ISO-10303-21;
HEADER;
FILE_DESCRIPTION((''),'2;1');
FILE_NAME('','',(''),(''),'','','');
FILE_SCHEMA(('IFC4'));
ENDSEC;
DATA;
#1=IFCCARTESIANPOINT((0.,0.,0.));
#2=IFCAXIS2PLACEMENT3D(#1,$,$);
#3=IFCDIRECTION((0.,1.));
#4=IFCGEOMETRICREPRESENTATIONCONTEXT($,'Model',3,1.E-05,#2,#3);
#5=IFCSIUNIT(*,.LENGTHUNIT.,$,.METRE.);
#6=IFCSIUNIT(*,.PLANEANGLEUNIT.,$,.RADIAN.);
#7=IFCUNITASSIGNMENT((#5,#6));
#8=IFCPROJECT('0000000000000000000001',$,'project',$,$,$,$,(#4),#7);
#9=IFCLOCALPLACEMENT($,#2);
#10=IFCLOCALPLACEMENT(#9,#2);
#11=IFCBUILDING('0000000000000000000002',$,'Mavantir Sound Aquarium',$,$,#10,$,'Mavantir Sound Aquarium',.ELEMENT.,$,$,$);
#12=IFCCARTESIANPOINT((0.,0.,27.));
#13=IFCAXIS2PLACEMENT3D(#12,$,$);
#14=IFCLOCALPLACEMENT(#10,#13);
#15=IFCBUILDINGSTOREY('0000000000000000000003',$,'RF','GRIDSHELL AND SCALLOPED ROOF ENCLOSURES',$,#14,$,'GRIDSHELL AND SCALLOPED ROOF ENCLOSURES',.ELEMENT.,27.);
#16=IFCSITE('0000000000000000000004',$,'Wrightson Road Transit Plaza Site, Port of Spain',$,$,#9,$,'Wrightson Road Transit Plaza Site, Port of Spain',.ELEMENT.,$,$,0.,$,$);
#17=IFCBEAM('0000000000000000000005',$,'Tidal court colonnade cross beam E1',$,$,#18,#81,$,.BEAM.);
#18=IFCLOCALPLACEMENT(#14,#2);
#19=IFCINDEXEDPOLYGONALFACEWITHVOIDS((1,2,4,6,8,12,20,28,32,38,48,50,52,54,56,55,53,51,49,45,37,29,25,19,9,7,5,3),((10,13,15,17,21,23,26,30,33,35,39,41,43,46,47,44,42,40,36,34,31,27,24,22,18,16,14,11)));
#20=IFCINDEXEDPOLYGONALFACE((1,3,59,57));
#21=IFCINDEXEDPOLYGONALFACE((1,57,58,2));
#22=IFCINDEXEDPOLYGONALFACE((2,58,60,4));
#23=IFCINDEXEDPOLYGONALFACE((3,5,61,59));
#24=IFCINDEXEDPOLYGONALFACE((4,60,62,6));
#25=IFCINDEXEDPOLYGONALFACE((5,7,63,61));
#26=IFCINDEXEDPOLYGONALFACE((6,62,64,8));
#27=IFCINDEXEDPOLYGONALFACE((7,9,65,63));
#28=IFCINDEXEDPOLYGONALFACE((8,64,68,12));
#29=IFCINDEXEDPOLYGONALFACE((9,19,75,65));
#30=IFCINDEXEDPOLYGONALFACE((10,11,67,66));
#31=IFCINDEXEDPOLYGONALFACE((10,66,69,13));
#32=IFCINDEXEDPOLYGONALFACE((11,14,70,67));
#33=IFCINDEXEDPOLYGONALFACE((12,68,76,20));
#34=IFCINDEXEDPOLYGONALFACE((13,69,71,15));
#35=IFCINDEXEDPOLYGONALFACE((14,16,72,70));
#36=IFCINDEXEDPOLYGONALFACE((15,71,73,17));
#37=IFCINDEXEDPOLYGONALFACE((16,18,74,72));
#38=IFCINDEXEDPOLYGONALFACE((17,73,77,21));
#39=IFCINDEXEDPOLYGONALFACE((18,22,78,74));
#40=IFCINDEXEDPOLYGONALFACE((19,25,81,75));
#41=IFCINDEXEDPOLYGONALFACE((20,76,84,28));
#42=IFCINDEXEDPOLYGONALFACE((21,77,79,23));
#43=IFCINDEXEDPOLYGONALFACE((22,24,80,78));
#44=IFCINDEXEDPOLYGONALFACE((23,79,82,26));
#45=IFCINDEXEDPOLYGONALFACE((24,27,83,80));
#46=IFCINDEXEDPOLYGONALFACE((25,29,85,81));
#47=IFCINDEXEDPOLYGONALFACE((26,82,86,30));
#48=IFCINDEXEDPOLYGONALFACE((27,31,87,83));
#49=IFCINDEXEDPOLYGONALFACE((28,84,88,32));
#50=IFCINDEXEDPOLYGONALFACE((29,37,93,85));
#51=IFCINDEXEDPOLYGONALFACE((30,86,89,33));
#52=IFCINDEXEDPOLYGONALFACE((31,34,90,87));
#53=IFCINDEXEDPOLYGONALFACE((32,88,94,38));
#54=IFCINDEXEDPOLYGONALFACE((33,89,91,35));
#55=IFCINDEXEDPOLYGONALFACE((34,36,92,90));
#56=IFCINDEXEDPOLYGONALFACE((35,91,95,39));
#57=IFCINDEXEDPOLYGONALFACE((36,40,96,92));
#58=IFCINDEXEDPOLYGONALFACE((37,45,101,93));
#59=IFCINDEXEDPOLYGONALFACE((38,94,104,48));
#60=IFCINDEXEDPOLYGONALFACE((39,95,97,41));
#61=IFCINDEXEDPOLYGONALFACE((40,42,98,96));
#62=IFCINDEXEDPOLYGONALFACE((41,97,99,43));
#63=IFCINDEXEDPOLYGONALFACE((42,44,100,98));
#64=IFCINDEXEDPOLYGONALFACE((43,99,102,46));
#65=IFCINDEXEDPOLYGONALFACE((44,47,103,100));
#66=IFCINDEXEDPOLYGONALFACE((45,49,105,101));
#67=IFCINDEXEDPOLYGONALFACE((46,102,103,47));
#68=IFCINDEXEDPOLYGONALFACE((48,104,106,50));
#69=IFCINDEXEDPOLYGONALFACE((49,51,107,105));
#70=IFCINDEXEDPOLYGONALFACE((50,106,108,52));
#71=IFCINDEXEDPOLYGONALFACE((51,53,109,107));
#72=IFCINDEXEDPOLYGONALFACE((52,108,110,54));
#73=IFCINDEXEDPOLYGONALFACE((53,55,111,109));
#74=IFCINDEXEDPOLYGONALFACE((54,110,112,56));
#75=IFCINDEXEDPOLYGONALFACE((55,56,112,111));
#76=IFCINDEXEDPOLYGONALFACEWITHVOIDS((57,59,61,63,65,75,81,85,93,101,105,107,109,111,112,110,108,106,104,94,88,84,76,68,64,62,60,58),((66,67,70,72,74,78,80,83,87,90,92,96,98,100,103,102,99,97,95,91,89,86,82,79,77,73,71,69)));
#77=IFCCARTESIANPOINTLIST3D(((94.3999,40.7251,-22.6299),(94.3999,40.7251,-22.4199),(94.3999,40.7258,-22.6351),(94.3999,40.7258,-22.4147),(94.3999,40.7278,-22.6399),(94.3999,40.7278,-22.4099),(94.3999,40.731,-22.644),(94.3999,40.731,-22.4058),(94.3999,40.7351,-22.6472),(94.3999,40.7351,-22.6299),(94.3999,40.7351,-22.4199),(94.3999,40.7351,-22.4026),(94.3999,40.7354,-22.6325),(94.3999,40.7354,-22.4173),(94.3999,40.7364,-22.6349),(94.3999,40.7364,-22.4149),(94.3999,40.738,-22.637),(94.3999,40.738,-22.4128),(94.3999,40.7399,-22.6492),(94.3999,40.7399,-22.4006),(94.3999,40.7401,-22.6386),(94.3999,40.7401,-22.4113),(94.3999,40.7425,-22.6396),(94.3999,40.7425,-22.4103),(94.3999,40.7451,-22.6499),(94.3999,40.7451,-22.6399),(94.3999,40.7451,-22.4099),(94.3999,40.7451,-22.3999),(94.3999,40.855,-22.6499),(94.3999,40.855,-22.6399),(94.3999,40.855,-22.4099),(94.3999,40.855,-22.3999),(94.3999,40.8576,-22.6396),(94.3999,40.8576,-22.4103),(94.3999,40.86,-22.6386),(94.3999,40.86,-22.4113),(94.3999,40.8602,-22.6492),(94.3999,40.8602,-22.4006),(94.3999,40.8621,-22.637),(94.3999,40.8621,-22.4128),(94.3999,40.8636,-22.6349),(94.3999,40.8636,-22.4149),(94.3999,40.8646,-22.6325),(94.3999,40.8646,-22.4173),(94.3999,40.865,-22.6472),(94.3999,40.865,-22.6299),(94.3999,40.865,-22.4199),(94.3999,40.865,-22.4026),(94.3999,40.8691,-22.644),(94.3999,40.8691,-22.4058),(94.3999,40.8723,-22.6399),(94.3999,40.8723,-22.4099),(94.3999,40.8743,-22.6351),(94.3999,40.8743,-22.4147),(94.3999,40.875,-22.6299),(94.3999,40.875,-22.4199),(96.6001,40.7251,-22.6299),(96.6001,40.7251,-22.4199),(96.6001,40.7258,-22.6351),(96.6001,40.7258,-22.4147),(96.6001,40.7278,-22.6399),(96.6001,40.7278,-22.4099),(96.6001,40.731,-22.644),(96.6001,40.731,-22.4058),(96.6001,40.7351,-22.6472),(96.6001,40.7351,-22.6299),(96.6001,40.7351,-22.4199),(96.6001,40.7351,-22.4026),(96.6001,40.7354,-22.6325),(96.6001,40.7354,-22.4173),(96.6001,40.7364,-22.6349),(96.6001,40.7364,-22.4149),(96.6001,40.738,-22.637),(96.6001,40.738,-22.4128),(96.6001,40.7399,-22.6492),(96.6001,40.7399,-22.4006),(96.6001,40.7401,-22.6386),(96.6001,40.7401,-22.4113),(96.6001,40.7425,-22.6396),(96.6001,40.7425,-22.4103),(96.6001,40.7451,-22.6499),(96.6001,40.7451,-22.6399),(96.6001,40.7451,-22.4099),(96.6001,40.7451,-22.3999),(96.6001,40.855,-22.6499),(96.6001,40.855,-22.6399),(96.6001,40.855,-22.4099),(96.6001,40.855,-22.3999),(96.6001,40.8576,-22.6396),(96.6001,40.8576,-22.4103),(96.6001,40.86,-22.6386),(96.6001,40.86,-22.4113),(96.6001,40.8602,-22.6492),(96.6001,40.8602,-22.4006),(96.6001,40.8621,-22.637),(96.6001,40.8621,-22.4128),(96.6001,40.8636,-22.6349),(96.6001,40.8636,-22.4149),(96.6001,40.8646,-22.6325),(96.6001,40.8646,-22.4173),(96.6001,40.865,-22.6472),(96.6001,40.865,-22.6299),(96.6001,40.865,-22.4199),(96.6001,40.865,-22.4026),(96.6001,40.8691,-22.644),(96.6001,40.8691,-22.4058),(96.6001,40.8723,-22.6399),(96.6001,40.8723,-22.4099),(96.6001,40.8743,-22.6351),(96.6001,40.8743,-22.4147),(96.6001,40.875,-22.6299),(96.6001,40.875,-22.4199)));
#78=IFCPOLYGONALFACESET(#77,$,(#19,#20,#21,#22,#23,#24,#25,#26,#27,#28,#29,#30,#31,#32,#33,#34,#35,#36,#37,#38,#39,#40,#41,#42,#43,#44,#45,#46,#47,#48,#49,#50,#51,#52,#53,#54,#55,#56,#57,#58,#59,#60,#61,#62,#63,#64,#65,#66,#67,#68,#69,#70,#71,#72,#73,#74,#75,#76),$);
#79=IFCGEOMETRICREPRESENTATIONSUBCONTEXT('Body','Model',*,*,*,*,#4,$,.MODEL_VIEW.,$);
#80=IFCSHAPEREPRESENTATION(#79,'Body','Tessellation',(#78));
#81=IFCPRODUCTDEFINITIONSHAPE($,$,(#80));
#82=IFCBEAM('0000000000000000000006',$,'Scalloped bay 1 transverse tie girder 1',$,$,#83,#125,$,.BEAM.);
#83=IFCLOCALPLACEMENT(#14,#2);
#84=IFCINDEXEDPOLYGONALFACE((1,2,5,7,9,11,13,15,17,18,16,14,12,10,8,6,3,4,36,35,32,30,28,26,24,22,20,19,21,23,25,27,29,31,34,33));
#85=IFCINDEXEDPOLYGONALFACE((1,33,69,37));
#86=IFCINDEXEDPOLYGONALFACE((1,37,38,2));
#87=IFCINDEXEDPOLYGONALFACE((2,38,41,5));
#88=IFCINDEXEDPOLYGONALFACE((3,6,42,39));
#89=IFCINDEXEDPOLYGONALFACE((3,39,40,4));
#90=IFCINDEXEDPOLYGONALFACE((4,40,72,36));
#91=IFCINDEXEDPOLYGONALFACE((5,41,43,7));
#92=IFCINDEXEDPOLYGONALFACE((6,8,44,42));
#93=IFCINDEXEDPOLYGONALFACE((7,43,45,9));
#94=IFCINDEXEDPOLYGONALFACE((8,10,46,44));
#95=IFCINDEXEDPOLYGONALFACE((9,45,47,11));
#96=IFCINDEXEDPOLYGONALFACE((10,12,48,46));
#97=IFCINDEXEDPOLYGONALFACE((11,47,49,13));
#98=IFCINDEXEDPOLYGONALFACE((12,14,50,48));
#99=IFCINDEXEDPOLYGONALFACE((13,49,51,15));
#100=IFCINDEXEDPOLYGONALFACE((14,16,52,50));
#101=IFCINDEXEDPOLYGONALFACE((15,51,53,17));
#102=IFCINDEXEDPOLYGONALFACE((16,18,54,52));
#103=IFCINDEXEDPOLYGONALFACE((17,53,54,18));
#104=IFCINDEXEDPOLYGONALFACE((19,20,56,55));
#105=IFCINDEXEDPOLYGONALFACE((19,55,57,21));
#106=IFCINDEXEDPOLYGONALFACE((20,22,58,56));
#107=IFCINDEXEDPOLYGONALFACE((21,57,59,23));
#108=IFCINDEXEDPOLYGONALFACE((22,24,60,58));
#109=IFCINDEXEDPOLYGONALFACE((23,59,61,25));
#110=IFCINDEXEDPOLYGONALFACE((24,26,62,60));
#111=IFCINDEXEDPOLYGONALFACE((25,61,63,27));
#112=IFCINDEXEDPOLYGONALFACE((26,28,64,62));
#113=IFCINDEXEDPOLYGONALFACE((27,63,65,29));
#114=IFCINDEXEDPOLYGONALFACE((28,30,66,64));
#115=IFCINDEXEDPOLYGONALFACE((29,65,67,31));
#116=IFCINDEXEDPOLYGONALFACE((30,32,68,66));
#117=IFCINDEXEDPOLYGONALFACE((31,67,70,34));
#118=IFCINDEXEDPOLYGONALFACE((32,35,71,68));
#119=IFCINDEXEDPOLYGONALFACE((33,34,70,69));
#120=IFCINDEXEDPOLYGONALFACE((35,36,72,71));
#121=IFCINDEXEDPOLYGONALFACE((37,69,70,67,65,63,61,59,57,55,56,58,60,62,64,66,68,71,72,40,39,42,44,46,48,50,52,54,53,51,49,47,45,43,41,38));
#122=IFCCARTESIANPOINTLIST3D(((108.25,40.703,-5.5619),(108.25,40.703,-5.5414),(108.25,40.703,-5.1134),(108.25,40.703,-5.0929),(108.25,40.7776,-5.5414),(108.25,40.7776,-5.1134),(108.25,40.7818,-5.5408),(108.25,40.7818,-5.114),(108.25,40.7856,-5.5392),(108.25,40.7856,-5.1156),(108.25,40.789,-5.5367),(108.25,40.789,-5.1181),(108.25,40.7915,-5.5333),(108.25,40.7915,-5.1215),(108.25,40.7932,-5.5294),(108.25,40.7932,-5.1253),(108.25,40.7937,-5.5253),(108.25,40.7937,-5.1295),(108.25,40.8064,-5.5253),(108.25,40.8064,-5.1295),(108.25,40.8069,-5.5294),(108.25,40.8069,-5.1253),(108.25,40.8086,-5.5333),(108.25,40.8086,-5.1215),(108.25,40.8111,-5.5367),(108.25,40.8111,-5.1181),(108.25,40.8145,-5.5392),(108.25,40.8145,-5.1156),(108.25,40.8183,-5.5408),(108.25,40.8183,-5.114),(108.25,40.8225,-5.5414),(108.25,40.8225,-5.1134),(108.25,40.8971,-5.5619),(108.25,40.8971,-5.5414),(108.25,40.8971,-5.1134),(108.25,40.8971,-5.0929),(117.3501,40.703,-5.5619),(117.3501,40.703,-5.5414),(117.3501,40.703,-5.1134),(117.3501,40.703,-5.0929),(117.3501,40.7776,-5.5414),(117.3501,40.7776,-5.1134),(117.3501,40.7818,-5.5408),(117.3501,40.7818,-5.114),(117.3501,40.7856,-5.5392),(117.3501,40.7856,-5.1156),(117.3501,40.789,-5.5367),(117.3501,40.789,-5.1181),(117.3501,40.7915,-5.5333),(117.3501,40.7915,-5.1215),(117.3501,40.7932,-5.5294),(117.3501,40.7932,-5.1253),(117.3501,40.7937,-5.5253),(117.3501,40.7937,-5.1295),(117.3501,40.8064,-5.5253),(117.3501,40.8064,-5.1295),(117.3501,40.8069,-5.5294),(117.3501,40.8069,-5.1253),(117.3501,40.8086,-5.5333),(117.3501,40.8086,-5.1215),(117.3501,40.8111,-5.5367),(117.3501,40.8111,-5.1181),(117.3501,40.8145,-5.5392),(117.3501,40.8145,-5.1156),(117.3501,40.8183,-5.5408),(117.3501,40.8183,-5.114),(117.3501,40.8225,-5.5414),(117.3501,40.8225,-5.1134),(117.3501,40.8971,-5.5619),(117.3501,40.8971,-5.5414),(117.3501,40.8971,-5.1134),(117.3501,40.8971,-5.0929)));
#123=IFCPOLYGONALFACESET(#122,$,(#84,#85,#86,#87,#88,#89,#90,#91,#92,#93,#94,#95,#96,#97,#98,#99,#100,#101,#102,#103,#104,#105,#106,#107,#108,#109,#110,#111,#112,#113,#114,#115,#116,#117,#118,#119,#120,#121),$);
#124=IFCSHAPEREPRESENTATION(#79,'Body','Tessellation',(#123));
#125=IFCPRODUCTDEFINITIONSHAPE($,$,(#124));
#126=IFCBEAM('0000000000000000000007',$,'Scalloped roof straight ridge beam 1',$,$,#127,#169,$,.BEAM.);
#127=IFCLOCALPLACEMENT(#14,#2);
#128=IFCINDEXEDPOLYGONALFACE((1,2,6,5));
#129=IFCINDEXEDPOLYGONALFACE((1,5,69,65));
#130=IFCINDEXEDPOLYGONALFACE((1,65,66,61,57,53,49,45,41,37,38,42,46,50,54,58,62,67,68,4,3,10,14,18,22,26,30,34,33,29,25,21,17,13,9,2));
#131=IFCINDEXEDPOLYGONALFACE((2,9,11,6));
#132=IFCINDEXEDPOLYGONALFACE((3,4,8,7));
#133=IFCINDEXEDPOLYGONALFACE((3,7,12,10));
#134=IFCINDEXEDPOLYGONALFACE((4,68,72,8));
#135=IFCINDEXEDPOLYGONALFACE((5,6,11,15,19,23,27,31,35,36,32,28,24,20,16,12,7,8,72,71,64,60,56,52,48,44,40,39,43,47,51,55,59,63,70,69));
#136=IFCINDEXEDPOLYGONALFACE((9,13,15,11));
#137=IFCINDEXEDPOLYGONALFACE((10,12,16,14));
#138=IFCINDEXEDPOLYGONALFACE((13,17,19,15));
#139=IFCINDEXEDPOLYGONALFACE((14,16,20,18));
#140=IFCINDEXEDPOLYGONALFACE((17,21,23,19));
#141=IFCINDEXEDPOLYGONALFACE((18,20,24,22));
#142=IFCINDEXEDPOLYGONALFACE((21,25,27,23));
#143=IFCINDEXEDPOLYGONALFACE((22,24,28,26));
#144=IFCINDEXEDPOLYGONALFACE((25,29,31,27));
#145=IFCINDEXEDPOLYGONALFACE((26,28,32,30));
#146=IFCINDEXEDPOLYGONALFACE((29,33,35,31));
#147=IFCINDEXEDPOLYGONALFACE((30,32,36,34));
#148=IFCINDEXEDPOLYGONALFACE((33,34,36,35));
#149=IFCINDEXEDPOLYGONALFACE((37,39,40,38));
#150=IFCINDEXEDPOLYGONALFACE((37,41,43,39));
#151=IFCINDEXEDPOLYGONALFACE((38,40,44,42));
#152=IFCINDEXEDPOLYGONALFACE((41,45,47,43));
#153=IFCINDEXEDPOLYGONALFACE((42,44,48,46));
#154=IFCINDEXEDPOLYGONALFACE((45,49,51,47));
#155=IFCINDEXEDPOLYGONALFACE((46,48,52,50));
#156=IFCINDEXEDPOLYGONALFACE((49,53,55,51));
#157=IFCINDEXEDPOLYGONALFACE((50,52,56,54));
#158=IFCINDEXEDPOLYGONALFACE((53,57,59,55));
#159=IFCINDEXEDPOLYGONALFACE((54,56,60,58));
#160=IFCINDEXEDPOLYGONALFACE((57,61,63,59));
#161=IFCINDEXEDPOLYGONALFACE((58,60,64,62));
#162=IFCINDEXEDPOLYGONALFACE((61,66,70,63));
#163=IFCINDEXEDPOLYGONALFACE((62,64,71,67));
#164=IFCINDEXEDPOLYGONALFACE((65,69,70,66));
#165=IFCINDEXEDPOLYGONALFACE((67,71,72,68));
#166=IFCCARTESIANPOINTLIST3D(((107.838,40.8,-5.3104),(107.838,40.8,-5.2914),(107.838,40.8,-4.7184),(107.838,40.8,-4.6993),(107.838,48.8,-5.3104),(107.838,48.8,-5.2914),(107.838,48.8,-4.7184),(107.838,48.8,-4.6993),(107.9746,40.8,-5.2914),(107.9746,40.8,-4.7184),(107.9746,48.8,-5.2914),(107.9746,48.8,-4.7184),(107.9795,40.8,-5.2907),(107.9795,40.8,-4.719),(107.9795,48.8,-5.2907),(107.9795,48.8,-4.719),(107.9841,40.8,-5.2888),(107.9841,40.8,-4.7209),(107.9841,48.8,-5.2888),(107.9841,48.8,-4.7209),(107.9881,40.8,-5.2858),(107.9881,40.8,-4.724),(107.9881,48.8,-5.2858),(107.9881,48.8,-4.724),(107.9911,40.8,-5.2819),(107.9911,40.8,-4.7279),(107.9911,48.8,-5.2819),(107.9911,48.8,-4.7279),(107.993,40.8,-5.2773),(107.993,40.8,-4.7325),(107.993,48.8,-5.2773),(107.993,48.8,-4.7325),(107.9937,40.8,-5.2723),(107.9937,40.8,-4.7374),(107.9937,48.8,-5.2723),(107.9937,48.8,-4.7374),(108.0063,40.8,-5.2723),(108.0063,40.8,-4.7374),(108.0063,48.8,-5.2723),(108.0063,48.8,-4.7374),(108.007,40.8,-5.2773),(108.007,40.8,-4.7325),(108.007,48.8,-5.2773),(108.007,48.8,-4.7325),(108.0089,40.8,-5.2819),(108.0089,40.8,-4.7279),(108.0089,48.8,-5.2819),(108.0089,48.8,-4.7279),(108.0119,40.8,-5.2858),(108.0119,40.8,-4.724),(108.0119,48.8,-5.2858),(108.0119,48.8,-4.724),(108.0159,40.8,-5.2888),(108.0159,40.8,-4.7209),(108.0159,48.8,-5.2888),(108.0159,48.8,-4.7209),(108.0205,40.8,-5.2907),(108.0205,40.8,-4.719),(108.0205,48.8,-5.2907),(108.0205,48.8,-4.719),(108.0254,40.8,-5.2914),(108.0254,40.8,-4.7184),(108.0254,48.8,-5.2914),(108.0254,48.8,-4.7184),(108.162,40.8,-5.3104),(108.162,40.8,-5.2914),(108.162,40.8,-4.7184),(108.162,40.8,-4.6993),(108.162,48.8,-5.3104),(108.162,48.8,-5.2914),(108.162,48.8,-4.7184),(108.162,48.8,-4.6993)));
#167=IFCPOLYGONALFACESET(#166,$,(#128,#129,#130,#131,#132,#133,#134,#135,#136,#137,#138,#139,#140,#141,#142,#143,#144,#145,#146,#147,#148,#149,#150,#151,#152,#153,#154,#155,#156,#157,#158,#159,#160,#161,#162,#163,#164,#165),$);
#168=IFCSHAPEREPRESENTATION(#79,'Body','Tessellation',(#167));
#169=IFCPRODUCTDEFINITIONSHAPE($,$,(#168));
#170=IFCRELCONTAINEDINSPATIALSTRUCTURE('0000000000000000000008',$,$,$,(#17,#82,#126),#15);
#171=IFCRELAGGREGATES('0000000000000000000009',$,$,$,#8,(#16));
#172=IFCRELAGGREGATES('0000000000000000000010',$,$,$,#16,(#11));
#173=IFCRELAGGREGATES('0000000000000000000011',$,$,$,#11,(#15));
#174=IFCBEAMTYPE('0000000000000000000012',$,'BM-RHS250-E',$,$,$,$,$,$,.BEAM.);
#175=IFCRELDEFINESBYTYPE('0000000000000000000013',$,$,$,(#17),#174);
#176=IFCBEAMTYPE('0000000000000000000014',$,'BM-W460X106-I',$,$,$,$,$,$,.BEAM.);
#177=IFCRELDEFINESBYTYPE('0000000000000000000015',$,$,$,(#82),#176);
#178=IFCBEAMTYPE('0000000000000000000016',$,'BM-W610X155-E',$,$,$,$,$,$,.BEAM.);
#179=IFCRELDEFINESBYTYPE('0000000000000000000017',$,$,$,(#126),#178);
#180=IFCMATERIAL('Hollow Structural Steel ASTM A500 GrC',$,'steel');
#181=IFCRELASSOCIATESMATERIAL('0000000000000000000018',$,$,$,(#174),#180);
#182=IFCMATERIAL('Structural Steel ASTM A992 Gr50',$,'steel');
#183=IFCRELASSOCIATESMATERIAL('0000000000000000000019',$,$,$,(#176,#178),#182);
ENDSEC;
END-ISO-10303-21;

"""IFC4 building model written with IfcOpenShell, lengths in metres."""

from ifc_helpers import new_model, si_unit, direction, frame, origin, origin_2d, place, context, subcontext, project, spatial, hollow_rectangle, i_section, extrude, material, material_profile, profile_set, type_object, element, save


model = new_model("IFC4")

# Units and contexts
model_context = context("Model", 3, precision=1e-05, world=origin(), true_north=direction((0.0, 1.0)))
body_context = subcontext(model_context, "Body", "Model", "MODEL_VIEW")
ifc_project = project(units=[si_unit("LENGTHUNIT", "METRE"), si_unit("PLANEANGLEUNIT", "RADIAN")], contexts=[model_context])

# Site, building, storey
site_placement = place(None, origin())
site = spatial("IfcSite", under=ifc_project, at=site_placement, Name="Wrightson Road Transit Plaza Site, Port of Spain", LongName="Wrightson Road Transit Plaza Site, Port of Spain", CompositionType="ELEMENT", RefElevation=0.0)
building_placement = place(site_placement, origin())
building = spatial("IfcBuilding", under=site, at=building_placement, Name="Mavantir Sound Aquarium", LongName="Mavantir Sound Aquarium", CompositionType="ELEMENT")
storey_placement = place(building_placement, frame((0.0, 0.0, 27.0)))
storey = spatial("IfcBuildingStorey", under=building, at=storey_placement, Name="RF", Description="GRIDSHELL AND SCALLOPED ROOF ENCLOSURES", LongName="GRIDSHELL AND SCALLOPED ROOF ENCLOSURES", CompositionType="ELEMENT", Elevation=27.0)

# Beams
ifc_material_1 = material(Name="Hollow Structural Steel ASTM A500 GrC", Category="steel")
ifc_material_profile_1 = material_profile(ifc_material_1, hollow_rectangle(XDim=0.1499, YDim=0.25, WallThickness=0.01, InnerFilletRadius=0.01, OuterFilletRadius=0.02, at=origin_2d()), Name="RHS 250X150X10")
ifc_profile_set_1 = profile_set([ifc_material_profile_1], Name="Hollow Structural Steel ASTM A500 GrC")
beam_type_1 = type_object("IfcBeamType", Name="BM-RHS250-E", PredefinedType="BEAM", material=ifc_profile_set_1)
beam_1_placement = place(storey_placement, frame((94.3999, 40.8, -22.5249), z_axis=(1.0, 0.0, 0.0), x_axis=(0.0, 1.0, 0.0)))
element("IfcBeam", 1, at=beam_1_placement, inside=storey, type_object=beam_type_1, Name="Tidal court colonnade cross beam E1", PredefinedType="BEAM", context=body_context, shape_type="SweptSolid", body=[
    extrude(hollow_rectangle(XDim=0.1499, YDim=0.25, WallThickness=0.01, InnerFilletRadius=0.01, OuterFilletRadius=0.02, at=origin_2d()), origin(), (0.0, 0.0, 1.0), 2.2002),
])
ifc_material_2 = material(Name="Structural Steel ASTM A992 Gr50", Category="steel")
ifc_material_profile_2 = material_profile(ifc_material_2, i_section(OverallWidth=0.1941, OverallDepth=0.469, WebThickness=0.0127, FlangeThickness=0.0205, FilletRadius=0.0161, at=origin_2d()), Name="W460X106")
ifc_profile_set_2 = profile_set([ifc_material_profile_2], Name="Structural Steel ASTM A992 Gr50")
beam_type_2 = type_object("IfcBeamType", Name="BM-W460X106-I", PredefinedType="BEAM", material=ifc_profile_set_2)
beam_2_placement = place(storey_placement, frame((108.25, 40.8, -5.3274), z_axis=(1.0, 0.0, 0.0), x_axis=(0.0, 1.0, 0.0)))
element("IfcBeam", 2, at=beam_2_placement, inside=storey, type_object=beam_type_2, Name="Scalloped bay 1 transverse tie girder 1", PredefinedType="BEAM", context=body_context, shape_type="SweptSolid", body=[
    extrude(i_section(OverallWidth=0.1941, OverallDepth=0.469, WebThickness=0.0127, FlangeThickness=0.0205, FilletRadius=0.0161, at=origin_2d()), origin(), (0.0, 0.0, 1.0), 9.1001),
])
ifc_material_profile_3 = material_profile(ifc_material_2, i_section(OverallWidth=0.324, OverallDepth=0.6111, WebThickness=0.0127, FlangeThickness=0.019, FilletRadius=0.019, at=origin_2d()), Name="W610X155")
ifc_profile_set_3 = profile_set([ifc_material_profile_3], Name="Structural Steel ASTM A992 Gr50")
beam_type_3 = type_object("IfcBeamType", Name="BM-W610X155-E", PredefinedType="BEAM", material=ifc_profile_set_3)
beam_3_placement = place(storey_placement, frame((108.0, 40.8, -5.0049), z_axis=(0.0, 1.0, 0.0), x_axis=(-1.0, 0.0, 0.0)))
element("IfcBeam", 3, at=beam_3_placement, inside=storey, type_object=beam_type_3, Name="Scalloped roof straight ridge beam 1", PredefinedType="BEAM", context=body_context, shape_type="SweptSolid", body=[
    extrude(i_section(OverallWidth=0.324, OverallDepth=0.6111, WebThickness=0.0127, FlangeThickness=0.019, FilletRadius=0.019, at=origin_2d()), origin(), (0.0, 0.0, 1.0), 8.0),
])

save(model, "model.ifc")
